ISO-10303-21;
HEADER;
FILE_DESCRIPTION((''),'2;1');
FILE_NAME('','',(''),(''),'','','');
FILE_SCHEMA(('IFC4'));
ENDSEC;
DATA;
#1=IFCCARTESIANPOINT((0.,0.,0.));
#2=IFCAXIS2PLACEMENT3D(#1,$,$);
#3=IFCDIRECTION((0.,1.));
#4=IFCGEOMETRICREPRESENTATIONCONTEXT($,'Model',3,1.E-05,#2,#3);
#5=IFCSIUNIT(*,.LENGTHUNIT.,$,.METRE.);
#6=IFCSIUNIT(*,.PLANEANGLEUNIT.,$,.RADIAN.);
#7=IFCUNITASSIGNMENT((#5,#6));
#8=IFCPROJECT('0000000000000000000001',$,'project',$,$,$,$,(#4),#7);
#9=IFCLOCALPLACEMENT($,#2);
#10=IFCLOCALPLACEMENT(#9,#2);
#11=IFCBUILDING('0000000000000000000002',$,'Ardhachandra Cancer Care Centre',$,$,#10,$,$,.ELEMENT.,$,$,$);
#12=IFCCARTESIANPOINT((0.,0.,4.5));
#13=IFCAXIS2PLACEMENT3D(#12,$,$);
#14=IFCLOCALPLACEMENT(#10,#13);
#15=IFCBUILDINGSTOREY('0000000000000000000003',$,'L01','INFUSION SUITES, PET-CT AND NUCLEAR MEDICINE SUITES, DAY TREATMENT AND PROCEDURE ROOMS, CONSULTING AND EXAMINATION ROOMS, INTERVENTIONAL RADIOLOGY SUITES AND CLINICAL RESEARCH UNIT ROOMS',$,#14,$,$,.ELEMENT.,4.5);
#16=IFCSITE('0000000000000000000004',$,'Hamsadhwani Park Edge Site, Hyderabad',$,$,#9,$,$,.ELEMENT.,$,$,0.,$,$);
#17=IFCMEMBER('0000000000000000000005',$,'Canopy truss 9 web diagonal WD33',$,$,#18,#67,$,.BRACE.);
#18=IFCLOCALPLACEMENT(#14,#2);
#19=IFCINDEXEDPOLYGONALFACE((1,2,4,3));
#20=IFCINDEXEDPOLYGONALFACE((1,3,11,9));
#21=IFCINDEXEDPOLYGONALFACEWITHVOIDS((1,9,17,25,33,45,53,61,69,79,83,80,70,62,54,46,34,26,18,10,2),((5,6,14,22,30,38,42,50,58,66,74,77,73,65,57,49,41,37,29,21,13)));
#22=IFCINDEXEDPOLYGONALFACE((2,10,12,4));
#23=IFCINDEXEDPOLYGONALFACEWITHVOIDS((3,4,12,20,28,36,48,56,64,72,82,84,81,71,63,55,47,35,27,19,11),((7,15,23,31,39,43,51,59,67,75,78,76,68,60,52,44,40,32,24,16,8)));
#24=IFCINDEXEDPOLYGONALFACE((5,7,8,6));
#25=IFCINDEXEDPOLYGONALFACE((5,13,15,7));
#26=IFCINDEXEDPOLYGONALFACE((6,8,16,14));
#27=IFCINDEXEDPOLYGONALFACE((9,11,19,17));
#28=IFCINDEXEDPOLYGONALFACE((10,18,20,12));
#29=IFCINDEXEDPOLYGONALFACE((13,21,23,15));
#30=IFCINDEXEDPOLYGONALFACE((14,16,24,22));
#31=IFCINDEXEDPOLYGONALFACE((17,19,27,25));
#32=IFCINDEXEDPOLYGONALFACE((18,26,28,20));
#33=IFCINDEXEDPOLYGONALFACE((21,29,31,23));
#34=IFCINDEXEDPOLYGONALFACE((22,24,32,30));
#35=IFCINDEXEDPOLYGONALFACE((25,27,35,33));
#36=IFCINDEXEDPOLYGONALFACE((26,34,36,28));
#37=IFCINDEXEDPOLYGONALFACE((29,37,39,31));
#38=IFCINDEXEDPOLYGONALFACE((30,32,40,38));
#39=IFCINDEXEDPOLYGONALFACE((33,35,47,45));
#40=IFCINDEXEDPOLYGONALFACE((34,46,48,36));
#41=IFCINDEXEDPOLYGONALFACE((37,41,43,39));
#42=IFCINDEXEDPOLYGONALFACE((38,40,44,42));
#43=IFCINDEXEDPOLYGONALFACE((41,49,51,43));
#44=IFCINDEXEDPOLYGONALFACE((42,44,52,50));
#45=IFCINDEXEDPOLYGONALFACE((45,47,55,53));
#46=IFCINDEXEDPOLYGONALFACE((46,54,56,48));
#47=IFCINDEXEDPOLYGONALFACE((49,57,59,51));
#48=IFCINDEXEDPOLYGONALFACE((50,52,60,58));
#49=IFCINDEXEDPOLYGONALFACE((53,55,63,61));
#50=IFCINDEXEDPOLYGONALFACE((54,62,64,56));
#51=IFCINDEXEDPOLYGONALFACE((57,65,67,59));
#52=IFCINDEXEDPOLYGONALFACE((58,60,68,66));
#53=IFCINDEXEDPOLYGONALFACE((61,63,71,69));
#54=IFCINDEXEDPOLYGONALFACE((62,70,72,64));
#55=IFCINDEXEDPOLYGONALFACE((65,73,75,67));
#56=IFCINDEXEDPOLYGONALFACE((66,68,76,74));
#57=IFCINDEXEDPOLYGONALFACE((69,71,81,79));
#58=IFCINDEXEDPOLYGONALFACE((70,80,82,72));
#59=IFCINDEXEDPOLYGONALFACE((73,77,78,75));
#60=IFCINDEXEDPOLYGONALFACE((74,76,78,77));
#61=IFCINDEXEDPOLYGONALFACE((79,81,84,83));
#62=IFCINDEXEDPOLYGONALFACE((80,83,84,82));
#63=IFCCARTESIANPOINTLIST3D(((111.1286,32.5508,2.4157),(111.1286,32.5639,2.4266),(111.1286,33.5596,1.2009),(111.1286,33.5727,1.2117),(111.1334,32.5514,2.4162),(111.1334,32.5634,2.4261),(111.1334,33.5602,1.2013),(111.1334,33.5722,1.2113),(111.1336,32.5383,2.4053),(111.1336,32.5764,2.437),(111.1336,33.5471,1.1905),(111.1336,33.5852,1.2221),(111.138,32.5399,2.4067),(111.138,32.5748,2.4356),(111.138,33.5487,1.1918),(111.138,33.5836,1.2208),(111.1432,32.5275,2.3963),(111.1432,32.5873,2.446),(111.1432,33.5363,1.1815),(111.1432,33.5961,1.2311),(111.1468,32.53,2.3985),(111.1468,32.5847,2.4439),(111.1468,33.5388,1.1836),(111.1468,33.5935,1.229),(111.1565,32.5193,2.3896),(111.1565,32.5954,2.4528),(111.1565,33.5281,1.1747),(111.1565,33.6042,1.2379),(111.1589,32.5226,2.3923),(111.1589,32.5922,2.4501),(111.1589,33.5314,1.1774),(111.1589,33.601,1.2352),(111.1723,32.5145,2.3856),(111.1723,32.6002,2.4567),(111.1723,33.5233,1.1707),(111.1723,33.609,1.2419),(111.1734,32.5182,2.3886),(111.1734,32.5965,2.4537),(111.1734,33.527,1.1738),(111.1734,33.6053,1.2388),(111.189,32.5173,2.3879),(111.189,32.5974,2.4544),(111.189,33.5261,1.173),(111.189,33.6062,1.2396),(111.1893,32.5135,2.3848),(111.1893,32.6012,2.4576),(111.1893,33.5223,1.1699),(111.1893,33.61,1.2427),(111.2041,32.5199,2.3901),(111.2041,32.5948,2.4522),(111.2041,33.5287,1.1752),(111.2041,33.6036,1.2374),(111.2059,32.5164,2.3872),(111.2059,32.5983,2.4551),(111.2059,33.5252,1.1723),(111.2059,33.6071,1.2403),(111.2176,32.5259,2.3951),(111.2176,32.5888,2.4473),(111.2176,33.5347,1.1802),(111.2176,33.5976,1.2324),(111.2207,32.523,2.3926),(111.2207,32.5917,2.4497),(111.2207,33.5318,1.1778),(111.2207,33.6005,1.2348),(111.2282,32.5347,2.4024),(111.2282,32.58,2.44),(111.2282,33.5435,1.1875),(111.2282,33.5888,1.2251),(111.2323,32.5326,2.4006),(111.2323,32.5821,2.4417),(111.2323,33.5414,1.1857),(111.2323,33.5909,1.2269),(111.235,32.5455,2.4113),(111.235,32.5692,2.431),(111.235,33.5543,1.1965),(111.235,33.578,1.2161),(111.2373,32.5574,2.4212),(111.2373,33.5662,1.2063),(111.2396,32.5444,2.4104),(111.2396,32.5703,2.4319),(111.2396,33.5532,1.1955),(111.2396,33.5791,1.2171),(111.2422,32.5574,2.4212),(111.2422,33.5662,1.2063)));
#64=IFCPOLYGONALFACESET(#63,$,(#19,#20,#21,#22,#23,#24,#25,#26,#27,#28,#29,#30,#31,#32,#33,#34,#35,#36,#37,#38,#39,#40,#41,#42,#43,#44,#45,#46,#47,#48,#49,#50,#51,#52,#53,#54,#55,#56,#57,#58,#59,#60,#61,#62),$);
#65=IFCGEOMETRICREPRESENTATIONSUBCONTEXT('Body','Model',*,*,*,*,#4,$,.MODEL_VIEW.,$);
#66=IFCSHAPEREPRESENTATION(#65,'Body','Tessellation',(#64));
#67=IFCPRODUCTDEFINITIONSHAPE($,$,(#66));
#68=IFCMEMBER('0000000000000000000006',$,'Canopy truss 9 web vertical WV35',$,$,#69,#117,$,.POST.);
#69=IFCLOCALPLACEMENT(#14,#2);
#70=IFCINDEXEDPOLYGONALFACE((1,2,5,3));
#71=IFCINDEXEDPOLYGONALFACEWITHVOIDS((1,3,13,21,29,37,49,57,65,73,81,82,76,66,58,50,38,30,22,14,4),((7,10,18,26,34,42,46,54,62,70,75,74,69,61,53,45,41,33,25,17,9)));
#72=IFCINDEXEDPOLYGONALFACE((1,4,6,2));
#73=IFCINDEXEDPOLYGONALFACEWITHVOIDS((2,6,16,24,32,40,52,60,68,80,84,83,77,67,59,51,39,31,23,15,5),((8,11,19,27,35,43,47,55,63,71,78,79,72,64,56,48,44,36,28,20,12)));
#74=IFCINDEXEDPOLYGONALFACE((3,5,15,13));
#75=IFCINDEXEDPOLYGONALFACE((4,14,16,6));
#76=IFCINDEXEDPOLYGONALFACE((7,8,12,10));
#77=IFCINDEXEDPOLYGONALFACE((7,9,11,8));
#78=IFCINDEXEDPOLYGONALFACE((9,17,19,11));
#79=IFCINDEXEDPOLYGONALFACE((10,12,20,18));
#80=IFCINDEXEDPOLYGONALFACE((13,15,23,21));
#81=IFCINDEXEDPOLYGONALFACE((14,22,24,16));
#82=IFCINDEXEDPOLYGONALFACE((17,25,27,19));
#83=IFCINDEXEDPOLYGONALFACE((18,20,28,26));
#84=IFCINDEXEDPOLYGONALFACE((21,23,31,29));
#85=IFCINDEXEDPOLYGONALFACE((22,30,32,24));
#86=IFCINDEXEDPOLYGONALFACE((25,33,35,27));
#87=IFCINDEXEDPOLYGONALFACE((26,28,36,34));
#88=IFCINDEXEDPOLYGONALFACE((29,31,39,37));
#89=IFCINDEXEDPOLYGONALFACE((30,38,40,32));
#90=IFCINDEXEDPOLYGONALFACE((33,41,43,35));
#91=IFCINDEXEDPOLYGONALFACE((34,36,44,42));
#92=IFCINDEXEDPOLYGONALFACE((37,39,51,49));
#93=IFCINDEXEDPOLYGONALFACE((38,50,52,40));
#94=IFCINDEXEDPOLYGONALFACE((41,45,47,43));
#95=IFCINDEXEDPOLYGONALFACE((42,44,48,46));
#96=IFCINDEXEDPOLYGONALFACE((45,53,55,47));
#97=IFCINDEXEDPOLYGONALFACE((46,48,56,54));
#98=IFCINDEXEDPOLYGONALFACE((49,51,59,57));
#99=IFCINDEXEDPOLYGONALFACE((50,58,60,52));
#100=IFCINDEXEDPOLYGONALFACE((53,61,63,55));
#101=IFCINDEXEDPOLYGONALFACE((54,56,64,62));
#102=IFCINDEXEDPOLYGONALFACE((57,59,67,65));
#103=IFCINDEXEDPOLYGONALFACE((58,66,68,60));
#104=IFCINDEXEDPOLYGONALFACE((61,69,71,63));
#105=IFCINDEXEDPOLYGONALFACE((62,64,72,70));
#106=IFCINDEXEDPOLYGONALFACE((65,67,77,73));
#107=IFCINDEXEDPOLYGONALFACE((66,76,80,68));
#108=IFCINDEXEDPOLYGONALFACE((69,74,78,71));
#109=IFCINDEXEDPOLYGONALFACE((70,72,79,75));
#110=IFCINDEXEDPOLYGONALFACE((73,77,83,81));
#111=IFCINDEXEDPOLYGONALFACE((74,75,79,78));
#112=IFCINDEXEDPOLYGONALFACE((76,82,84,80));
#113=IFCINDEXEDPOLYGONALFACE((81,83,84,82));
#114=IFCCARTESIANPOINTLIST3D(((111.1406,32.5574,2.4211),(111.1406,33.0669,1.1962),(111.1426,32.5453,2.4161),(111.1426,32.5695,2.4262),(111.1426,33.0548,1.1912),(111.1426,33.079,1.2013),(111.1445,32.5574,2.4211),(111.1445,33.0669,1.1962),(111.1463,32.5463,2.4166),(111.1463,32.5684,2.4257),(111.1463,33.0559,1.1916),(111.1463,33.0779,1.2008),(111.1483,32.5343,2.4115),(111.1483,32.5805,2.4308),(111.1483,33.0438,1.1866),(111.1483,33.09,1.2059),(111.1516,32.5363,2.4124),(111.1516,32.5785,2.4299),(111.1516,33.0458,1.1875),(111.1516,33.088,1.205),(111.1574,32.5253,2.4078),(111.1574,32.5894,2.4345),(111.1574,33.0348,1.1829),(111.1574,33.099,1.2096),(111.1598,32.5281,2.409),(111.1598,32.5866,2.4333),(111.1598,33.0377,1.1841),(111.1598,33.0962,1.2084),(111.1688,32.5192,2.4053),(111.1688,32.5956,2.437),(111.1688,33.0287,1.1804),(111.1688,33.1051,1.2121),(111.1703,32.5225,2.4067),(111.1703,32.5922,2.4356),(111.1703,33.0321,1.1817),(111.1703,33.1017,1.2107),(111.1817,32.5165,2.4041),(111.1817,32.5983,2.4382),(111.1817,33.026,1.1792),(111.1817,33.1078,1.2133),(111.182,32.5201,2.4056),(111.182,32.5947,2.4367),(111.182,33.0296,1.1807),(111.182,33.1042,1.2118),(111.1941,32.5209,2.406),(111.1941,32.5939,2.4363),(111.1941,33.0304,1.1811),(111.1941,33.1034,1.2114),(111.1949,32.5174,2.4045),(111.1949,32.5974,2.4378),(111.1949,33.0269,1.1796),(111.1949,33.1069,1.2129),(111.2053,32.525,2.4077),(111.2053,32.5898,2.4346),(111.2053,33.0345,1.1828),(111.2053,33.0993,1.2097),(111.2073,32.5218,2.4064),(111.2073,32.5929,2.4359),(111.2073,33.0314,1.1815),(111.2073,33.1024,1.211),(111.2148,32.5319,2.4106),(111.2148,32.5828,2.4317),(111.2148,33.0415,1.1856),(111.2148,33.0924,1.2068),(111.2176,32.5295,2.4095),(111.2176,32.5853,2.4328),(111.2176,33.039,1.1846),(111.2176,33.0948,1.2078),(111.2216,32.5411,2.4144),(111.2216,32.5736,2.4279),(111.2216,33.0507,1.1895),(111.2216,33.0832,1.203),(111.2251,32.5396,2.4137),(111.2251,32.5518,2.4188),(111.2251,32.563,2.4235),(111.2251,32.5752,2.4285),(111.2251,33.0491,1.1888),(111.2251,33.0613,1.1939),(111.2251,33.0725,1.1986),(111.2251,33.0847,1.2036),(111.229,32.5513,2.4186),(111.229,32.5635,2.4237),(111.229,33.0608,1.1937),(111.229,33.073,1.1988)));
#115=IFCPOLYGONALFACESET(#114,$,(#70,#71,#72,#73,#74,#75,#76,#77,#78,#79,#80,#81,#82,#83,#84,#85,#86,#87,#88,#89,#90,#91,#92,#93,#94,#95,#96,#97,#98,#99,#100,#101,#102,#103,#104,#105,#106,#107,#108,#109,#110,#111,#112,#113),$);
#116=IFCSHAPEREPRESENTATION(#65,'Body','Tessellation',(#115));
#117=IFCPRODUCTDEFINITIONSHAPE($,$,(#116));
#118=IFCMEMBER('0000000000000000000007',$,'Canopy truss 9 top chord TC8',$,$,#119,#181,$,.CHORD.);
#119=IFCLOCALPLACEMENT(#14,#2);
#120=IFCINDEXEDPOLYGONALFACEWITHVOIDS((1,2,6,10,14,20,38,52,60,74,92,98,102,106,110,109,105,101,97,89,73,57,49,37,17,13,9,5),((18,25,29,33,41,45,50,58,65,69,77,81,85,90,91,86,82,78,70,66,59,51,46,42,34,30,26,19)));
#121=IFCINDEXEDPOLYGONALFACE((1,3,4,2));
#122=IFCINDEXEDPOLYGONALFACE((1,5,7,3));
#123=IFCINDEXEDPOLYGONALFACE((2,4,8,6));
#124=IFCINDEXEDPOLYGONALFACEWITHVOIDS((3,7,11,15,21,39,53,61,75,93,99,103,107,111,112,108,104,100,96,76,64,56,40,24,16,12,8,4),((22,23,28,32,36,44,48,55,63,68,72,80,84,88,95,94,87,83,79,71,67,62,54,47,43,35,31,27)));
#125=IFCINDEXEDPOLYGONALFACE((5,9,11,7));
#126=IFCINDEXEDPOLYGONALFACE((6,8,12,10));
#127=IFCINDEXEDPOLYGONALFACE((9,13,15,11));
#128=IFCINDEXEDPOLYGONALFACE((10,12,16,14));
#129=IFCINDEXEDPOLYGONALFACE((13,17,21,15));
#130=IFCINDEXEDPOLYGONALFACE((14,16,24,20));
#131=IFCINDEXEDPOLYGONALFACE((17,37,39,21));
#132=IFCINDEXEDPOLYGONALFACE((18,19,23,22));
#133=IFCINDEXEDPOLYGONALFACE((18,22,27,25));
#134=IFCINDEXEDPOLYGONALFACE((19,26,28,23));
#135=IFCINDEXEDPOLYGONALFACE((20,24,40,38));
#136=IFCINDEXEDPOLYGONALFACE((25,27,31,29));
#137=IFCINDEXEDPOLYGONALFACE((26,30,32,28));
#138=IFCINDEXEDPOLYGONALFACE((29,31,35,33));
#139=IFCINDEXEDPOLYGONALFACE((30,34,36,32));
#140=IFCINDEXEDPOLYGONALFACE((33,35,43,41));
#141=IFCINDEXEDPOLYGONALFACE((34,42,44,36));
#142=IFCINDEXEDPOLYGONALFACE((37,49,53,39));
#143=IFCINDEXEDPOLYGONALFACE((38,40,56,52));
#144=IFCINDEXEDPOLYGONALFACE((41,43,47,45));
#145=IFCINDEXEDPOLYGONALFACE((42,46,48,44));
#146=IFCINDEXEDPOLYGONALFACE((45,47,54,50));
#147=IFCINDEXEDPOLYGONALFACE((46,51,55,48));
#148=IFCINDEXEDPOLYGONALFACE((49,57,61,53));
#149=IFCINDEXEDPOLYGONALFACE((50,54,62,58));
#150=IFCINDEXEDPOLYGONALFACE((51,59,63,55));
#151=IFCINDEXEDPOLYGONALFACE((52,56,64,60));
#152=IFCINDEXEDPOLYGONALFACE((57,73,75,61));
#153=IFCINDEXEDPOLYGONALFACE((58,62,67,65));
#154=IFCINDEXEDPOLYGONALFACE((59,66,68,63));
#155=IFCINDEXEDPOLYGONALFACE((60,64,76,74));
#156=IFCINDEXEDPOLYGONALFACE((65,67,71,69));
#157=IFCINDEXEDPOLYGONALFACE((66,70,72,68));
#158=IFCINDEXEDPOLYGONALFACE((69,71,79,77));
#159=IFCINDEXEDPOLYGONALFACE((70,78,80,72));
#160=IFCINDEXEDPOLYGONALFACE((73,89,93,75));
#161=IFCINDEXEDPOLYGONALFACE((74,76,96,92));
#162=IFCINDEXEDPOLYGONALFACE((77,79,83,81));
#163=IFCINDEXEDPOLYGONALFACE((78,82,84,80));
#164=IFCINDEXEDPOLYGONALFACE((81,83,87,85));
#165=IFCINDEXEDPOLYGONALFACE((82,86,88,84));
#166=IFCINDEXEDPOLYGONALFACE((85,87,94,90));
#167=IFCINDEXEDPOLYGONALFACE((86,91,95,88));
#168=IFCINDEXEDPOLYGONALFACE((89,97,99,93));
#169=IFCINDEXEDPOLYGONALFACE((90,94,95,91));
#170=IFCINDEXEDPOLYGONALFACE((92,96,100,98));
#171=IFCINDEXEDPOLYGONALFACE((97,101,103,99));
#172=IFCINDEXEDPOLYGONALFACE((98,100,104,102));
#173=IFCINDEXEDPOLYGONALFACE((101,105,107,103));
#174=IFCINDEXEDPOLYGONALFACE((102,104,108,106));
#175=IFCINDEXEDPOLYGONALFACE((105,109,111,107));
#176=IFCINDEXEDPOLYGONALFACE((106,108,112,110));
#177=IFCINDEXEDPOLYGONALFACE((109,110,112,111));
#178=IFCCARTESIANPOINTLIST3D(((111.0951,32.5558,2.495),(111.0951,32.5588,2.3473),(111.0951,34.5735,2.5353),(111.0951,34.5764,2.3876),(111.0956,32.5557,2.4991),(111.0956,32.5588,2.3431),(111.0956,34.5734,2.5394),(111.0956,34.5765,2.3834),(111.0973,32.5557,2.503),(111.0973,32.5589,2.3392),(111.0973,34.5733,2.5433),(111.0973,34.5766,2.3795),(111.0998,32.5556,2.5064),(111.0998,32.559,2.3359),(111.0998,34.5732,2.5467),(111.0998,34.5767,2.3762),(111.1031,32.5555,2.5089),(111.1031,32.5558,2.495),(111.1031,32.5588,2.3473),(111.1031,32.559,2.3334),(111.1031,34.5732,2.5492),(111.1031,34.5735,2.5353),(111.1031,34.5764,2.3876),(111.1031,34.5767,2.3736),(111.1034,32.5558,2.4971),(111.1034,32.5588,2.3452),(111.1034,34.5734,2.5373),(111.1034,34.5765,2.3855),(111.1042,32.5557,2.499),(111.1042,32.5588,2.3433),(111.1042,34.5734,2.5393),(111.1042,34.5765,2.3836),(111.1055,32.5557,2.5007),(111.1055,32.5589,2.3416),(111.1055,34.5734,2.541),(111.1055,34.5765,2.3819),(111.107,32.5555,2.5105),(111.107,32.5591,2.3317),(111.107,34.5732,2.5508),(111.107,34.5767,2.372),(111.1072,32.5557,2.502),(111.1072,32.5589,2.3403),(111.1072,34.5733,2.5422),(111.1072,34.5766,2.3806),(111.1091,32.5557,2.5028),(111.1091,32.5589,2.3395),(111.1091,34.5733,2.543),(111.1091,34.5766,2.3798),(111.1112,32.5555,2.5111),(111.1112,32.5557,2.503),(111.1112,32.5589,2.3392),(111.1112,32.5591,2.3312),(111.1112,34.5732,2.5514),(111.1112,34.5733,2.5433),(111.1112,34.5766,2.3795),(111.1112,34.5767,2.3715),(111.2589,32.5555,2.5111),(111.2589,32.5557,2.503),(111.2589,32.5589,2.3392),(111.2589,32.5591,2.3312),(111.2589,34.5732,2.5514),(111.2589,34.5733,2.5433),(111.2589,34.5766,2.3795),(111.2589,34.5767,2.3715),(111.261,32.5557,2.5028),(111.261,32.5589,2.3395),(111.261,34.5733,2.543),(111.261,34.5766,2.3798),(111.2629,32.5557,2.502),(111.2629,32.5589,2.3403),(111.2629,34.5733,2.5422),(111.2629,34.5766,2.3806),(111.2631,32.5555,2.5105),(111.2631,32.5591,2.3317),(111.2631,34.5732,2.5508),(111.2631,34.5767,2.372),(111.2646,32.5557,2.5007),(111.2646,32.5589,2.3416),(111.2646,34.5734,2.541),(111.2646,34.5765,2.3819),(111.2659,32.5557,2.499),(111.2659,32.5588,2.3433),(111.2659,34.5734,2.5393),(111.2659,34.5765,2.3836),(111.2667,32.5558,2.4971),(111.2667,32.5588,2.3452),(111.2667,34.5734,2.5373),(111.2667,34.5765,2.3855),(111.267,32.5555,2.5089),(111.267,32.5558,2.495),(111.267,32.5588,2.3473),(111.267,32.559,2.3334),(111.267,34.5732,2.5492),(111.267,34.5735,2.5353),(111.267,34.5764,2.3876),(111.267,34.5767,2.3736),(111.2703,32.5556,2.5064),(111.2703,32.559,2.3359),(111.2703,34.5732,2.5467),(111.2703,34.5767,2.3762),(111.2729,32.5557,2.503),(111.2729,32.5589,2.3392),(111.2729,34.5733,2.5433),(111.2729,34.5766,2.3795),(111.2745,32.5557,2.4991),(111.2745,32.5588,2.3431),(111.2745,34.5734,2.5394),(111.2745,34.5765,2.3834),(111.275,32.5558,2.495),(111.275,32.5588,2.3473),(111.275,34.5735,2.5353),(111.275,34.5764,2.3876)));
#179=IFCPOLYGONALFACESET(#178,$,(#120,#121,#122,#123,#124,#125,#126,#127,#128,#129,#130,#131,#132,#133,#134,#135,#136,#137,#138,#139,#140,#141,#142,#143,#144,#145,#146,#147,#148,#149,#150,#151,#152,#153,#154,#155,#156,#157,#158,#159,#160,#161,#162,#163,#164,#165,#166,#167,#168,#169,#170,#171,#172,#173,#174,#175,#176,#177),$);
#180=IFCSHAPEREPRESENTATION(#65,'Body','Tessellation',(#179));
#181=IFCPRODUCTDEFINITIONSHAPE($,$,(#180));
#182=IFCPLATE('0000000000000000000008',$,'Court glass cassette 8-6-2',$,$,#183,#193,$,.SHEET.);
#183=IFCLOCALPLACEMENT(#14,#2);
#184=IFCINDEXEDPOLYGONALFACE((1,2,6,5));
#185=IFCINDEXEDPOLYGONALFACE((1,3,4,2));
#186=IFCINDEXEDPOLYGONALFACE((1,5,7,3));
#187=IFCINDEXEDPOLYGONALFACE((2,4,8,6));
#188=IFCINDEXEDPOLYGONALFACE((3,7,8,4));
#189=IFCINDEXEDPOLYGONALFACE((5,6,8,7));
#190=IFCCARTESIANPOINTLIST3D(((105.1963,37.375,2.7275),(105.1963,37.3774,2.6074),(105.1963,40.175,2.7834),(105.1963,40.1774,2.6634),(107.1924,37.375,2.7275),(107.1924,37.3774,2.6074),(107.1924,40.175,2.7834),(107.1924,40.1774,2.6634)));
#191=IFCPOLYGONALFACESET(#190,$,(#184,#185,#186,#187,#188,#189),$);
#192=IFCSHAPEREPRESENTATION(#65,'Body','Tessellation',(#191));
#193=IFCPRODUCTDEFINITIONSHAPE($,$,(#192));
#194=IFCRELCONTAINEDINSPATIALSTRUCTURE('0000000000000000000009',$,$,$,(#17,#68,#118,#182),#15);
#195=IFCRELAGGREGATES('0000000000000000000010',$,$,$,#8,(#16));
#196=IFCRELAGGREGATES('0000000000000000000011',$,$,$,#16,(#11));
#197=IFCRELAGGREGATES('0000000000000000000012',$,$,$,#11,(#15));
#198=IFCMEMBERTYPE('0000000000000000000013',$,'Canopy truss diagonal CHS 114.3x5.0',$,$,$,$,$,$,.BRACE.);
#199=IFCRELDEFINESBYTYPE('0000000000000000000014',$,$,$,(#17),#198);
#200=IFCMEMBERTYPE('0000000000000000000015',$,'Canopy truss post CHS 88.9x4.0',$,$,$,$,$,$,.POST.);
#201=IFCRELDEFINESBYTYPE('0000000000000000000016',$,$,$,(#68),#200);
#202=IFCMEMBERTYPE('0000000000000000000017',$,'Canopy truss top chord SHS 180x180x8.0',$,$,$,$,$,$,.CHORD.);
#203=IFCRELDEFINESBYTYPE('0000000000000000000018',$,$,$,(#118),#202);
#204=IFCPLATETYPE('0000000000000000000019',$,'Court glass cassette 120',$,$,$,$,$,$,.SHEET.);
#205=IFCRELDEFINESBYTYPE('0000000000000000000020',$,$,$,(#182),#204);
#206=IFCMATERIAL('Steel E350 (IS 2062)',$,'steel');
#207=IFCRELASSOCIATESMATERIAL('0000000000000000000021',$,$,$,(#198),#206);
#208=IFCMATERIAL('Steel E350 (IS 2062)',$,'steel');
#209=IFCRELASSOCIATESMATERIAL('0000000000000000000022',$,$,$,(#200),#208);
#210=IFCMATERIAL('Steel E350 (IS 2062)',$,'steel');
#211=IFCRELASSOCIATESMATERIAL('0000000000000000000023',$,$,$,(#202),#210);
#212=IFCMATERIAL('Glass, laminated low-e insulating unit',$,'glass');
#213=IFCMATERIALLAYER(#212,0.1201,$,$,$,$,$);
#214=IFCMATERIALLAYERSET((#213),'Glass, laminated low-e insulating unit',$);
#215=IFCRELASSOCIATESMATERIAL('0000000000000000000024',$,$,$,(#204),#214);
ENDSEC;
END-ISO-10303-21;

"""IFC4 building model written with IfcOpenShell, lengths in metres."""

from ifc_helpers import new_model, si_unit, direction, frame, origin, origin_2d, place, context, subcontext, project, spatial, polyline, hollow_rectangle, hollow_circle, outline, extrude, material, layer, layer_set, material_profile, profile_set, type_object, element, save


model = new_model("IFC4")

# Units and contexts
model_context = context("Model", 3, precision=1e-05, world=origin(), true_north=direction((0.0, 1.0)))
body_context = subcontext(model_context, "Body", "Model", "MODEL_VIEW")
ifc_project = project(units=[si_unit("LENGTHUNIT", "METRE"), si_unit("PLANEANGLEUNIT", "RADIAN")], contexts=[model_context])

# Site, building, storey
site_placement = place(None, origin())
site = spatial("IfcSite", under=ifc_project, at=site_placement, Name="Hamsadhwani Park Edge Site, Hyderabad", CompositionType="ELEMENT", RefElevation=0.0)
building_placement = place(site_placement, origin())
building = spatial("IfcBuilding", under=site, at=building_placement, Name="Ardhachandra Cancer Care Centre", CompositionType="ELEMENT")
storey_placement = place(building_placement, frame((0.0, 0.0, 4.5)))
storey = spatial("IfcBuildingStorey", under=building, at=storey_placement, Name="L01", Description="INFUSION SUITES, PET-CT AND NUCLEAR MEDICINE SUITES, DAY TREATMENT AND PROCEDURE ROOMS, CONSULTING AND EXAMINATION ROOMS, INTERVENTIONAL RADIOLOGY SUITES AND CLINICAL RESEARCH UNIT ROOMS", CompositionType="ELEMENT", Elevation=4.5)

# Members
ifc_material_1 = material(Name="Steel E350 (IS 2062)", Category="steel")
ifc_material_profile_1 = material_profile(ifc_material_1, hollow_circle(Radius=0.0571, WallThickness=0.0049, at=origin_2d()), Name="CHS 114.3x5.0")
ifc_profile_set_1 = profile_set([ifc_material_profile_1], Name="Steel E350 (IS 2062)")
member_type_1 = type_object("IfcMemberType", Name="Canopy truss diagonal CHS 114.3x5.0", PredefinedType="BRACE", material=ifc_profile_set_1)
member_1_placement = place(storey_placement, frame((111.1851, 33.5662, 1.2063), z_axis=(0.0, -0.638845, 0.769335), x_axis=(1.0, 0.0, 0.0)))
element("IfcMember", 1, at=member_1_placement, inside=storey, type_object=member_type_1, Name="Canopy truss 9 web diagonal WD33", PredefinedType="BRACE", context=body_context, shape_type="SweptSolid", body=[
    extrude(hollow_circle(Radius=0.0571, WallThickness=0.0049, at=origin_2d()), origin(), (0.0, 0.0, 1.0), 1.5791),
])
ifc_material_2 = material(Name="Steel E350 (IS 2062)", Category="steel")
ifc_material_profile_2 = material_profile(ifc_material_2, hollow_circle(Radius=0.0444, WallThickness=0.0039, at=origin_2d()), Name="CHS 88.9x4.0")
ifc_profile_set_2 = profile_set([ifc_material_profile_2], Name="Steel E350 (IS 2062)")
member_type_2 = type_object("IfcMemberType", Name="Canopy truss post CHS 88.9x4.0", PredefinedType="POST", material=ifc_profile_set_2)
member_2_placement = place(storey_placement, frame((111.1851, 32.5574, 2.4211), z_axis=(0.0, 0.38408, -0.9233), x_axis=(-1.0, 0.0, 0.0)))
element("IfcMember", 2, at=member_2_placement, inside=storey, type_object=member_type_2, Name="Canopy truss 9 web vertical WV35", PredefinedType="POST", context=body_context, shape_type="SweptSolid", body=[
    extrude(hollow_circle(Radius=0.0444, WallThickness=0.0039, at=origin_2d()), origin(), (0.0, 0.0, 1.0), 1.3267),
])
ifc_material_3 = material(Name="Steel E350 (IS 2062)", Category="steel")
ifc_material_profile_3 = material_profile(ifc_material_3, hollow_rectangle(XDim=0.1799, YDim=0.1799, WallThickness=0.0081, InnerFilletRadius=0.0081, OuterFilletRadius=0.0161, at=origin_2d()), Name="SHS 180x180x8.0")
ifc_profile_set_3 = profile_set([ifc_material_profile_3], Name="Steel E350 (IS 2062)")
member_type_3 = type_object("IfcMemberType", Name="Canopy truss top chord SHS 180x180x8.0", PredefinedType="CHORD", material=ifc_profile_set_3)
member_3_placement = place(storey_placement, frame((111.1851, 34.575, 2.4614), z_axis=(0.0, -0.999801, -0.019962), x_axis=(1.0, 0.0, 0.0)))
element("IfcMember", 3, at=member_3_placement, inside=storey, type_object=member_type_3, Name="Canopy truss 9 top chord TC8", PredefinedType="CHORD", context=body_context, shape_type="SweptSolid", body=[
    extrude(hollow_rectangle(XDim=0.1799, YDim=0.1799, WallThickness=0.0081, InnerFilletRadius=0.0081, OuterFilletRadius=0.0161, at=origin_2d()), origin(), (0.0, 0.0, 1.0), 2.0181),
])

# Plate
ifc_material_4 = material(Name="Glass, laminated low-e insulating unit", Category="glass")
ifc_layer = layer(ifc_material_4, 0.1201)
ifc_layer_set = layer_set([ifc_layer], Name="Glass, laminated low-e insulating unit")
plate_type = type_object("IfcPlateType", Name="Court glass cassette 120", PredefinedType="SHEET", material=ifc_layer_set)
plate_1_placement = place(storey_placement, frame((105.1963, 37.375, 2.7275), z_axis=(0.0, -0.019963, 0.999801), x_axis=(0.0, 0.999801, 0.019963)))
element("IfcPlate", 4, at=plate_1_placement, inside=storey, type_object=plate_type, Name="Court glass cassette 8-6-2", PredefinedType="SHEET", context=body_context, shape_type="SweptSolid", body=[
    extrude(outline(polyline([(0.0, -1.9961), (2.8005, -1.9961), (2.8005, 0.0), (0.0, 0.0), (0.0, -1.9961)])), frame((0.0, 0.0, -0.1201)), (0.0, 0.0, 1.0), 0.1201),
])

save(model, "model.ifc")
